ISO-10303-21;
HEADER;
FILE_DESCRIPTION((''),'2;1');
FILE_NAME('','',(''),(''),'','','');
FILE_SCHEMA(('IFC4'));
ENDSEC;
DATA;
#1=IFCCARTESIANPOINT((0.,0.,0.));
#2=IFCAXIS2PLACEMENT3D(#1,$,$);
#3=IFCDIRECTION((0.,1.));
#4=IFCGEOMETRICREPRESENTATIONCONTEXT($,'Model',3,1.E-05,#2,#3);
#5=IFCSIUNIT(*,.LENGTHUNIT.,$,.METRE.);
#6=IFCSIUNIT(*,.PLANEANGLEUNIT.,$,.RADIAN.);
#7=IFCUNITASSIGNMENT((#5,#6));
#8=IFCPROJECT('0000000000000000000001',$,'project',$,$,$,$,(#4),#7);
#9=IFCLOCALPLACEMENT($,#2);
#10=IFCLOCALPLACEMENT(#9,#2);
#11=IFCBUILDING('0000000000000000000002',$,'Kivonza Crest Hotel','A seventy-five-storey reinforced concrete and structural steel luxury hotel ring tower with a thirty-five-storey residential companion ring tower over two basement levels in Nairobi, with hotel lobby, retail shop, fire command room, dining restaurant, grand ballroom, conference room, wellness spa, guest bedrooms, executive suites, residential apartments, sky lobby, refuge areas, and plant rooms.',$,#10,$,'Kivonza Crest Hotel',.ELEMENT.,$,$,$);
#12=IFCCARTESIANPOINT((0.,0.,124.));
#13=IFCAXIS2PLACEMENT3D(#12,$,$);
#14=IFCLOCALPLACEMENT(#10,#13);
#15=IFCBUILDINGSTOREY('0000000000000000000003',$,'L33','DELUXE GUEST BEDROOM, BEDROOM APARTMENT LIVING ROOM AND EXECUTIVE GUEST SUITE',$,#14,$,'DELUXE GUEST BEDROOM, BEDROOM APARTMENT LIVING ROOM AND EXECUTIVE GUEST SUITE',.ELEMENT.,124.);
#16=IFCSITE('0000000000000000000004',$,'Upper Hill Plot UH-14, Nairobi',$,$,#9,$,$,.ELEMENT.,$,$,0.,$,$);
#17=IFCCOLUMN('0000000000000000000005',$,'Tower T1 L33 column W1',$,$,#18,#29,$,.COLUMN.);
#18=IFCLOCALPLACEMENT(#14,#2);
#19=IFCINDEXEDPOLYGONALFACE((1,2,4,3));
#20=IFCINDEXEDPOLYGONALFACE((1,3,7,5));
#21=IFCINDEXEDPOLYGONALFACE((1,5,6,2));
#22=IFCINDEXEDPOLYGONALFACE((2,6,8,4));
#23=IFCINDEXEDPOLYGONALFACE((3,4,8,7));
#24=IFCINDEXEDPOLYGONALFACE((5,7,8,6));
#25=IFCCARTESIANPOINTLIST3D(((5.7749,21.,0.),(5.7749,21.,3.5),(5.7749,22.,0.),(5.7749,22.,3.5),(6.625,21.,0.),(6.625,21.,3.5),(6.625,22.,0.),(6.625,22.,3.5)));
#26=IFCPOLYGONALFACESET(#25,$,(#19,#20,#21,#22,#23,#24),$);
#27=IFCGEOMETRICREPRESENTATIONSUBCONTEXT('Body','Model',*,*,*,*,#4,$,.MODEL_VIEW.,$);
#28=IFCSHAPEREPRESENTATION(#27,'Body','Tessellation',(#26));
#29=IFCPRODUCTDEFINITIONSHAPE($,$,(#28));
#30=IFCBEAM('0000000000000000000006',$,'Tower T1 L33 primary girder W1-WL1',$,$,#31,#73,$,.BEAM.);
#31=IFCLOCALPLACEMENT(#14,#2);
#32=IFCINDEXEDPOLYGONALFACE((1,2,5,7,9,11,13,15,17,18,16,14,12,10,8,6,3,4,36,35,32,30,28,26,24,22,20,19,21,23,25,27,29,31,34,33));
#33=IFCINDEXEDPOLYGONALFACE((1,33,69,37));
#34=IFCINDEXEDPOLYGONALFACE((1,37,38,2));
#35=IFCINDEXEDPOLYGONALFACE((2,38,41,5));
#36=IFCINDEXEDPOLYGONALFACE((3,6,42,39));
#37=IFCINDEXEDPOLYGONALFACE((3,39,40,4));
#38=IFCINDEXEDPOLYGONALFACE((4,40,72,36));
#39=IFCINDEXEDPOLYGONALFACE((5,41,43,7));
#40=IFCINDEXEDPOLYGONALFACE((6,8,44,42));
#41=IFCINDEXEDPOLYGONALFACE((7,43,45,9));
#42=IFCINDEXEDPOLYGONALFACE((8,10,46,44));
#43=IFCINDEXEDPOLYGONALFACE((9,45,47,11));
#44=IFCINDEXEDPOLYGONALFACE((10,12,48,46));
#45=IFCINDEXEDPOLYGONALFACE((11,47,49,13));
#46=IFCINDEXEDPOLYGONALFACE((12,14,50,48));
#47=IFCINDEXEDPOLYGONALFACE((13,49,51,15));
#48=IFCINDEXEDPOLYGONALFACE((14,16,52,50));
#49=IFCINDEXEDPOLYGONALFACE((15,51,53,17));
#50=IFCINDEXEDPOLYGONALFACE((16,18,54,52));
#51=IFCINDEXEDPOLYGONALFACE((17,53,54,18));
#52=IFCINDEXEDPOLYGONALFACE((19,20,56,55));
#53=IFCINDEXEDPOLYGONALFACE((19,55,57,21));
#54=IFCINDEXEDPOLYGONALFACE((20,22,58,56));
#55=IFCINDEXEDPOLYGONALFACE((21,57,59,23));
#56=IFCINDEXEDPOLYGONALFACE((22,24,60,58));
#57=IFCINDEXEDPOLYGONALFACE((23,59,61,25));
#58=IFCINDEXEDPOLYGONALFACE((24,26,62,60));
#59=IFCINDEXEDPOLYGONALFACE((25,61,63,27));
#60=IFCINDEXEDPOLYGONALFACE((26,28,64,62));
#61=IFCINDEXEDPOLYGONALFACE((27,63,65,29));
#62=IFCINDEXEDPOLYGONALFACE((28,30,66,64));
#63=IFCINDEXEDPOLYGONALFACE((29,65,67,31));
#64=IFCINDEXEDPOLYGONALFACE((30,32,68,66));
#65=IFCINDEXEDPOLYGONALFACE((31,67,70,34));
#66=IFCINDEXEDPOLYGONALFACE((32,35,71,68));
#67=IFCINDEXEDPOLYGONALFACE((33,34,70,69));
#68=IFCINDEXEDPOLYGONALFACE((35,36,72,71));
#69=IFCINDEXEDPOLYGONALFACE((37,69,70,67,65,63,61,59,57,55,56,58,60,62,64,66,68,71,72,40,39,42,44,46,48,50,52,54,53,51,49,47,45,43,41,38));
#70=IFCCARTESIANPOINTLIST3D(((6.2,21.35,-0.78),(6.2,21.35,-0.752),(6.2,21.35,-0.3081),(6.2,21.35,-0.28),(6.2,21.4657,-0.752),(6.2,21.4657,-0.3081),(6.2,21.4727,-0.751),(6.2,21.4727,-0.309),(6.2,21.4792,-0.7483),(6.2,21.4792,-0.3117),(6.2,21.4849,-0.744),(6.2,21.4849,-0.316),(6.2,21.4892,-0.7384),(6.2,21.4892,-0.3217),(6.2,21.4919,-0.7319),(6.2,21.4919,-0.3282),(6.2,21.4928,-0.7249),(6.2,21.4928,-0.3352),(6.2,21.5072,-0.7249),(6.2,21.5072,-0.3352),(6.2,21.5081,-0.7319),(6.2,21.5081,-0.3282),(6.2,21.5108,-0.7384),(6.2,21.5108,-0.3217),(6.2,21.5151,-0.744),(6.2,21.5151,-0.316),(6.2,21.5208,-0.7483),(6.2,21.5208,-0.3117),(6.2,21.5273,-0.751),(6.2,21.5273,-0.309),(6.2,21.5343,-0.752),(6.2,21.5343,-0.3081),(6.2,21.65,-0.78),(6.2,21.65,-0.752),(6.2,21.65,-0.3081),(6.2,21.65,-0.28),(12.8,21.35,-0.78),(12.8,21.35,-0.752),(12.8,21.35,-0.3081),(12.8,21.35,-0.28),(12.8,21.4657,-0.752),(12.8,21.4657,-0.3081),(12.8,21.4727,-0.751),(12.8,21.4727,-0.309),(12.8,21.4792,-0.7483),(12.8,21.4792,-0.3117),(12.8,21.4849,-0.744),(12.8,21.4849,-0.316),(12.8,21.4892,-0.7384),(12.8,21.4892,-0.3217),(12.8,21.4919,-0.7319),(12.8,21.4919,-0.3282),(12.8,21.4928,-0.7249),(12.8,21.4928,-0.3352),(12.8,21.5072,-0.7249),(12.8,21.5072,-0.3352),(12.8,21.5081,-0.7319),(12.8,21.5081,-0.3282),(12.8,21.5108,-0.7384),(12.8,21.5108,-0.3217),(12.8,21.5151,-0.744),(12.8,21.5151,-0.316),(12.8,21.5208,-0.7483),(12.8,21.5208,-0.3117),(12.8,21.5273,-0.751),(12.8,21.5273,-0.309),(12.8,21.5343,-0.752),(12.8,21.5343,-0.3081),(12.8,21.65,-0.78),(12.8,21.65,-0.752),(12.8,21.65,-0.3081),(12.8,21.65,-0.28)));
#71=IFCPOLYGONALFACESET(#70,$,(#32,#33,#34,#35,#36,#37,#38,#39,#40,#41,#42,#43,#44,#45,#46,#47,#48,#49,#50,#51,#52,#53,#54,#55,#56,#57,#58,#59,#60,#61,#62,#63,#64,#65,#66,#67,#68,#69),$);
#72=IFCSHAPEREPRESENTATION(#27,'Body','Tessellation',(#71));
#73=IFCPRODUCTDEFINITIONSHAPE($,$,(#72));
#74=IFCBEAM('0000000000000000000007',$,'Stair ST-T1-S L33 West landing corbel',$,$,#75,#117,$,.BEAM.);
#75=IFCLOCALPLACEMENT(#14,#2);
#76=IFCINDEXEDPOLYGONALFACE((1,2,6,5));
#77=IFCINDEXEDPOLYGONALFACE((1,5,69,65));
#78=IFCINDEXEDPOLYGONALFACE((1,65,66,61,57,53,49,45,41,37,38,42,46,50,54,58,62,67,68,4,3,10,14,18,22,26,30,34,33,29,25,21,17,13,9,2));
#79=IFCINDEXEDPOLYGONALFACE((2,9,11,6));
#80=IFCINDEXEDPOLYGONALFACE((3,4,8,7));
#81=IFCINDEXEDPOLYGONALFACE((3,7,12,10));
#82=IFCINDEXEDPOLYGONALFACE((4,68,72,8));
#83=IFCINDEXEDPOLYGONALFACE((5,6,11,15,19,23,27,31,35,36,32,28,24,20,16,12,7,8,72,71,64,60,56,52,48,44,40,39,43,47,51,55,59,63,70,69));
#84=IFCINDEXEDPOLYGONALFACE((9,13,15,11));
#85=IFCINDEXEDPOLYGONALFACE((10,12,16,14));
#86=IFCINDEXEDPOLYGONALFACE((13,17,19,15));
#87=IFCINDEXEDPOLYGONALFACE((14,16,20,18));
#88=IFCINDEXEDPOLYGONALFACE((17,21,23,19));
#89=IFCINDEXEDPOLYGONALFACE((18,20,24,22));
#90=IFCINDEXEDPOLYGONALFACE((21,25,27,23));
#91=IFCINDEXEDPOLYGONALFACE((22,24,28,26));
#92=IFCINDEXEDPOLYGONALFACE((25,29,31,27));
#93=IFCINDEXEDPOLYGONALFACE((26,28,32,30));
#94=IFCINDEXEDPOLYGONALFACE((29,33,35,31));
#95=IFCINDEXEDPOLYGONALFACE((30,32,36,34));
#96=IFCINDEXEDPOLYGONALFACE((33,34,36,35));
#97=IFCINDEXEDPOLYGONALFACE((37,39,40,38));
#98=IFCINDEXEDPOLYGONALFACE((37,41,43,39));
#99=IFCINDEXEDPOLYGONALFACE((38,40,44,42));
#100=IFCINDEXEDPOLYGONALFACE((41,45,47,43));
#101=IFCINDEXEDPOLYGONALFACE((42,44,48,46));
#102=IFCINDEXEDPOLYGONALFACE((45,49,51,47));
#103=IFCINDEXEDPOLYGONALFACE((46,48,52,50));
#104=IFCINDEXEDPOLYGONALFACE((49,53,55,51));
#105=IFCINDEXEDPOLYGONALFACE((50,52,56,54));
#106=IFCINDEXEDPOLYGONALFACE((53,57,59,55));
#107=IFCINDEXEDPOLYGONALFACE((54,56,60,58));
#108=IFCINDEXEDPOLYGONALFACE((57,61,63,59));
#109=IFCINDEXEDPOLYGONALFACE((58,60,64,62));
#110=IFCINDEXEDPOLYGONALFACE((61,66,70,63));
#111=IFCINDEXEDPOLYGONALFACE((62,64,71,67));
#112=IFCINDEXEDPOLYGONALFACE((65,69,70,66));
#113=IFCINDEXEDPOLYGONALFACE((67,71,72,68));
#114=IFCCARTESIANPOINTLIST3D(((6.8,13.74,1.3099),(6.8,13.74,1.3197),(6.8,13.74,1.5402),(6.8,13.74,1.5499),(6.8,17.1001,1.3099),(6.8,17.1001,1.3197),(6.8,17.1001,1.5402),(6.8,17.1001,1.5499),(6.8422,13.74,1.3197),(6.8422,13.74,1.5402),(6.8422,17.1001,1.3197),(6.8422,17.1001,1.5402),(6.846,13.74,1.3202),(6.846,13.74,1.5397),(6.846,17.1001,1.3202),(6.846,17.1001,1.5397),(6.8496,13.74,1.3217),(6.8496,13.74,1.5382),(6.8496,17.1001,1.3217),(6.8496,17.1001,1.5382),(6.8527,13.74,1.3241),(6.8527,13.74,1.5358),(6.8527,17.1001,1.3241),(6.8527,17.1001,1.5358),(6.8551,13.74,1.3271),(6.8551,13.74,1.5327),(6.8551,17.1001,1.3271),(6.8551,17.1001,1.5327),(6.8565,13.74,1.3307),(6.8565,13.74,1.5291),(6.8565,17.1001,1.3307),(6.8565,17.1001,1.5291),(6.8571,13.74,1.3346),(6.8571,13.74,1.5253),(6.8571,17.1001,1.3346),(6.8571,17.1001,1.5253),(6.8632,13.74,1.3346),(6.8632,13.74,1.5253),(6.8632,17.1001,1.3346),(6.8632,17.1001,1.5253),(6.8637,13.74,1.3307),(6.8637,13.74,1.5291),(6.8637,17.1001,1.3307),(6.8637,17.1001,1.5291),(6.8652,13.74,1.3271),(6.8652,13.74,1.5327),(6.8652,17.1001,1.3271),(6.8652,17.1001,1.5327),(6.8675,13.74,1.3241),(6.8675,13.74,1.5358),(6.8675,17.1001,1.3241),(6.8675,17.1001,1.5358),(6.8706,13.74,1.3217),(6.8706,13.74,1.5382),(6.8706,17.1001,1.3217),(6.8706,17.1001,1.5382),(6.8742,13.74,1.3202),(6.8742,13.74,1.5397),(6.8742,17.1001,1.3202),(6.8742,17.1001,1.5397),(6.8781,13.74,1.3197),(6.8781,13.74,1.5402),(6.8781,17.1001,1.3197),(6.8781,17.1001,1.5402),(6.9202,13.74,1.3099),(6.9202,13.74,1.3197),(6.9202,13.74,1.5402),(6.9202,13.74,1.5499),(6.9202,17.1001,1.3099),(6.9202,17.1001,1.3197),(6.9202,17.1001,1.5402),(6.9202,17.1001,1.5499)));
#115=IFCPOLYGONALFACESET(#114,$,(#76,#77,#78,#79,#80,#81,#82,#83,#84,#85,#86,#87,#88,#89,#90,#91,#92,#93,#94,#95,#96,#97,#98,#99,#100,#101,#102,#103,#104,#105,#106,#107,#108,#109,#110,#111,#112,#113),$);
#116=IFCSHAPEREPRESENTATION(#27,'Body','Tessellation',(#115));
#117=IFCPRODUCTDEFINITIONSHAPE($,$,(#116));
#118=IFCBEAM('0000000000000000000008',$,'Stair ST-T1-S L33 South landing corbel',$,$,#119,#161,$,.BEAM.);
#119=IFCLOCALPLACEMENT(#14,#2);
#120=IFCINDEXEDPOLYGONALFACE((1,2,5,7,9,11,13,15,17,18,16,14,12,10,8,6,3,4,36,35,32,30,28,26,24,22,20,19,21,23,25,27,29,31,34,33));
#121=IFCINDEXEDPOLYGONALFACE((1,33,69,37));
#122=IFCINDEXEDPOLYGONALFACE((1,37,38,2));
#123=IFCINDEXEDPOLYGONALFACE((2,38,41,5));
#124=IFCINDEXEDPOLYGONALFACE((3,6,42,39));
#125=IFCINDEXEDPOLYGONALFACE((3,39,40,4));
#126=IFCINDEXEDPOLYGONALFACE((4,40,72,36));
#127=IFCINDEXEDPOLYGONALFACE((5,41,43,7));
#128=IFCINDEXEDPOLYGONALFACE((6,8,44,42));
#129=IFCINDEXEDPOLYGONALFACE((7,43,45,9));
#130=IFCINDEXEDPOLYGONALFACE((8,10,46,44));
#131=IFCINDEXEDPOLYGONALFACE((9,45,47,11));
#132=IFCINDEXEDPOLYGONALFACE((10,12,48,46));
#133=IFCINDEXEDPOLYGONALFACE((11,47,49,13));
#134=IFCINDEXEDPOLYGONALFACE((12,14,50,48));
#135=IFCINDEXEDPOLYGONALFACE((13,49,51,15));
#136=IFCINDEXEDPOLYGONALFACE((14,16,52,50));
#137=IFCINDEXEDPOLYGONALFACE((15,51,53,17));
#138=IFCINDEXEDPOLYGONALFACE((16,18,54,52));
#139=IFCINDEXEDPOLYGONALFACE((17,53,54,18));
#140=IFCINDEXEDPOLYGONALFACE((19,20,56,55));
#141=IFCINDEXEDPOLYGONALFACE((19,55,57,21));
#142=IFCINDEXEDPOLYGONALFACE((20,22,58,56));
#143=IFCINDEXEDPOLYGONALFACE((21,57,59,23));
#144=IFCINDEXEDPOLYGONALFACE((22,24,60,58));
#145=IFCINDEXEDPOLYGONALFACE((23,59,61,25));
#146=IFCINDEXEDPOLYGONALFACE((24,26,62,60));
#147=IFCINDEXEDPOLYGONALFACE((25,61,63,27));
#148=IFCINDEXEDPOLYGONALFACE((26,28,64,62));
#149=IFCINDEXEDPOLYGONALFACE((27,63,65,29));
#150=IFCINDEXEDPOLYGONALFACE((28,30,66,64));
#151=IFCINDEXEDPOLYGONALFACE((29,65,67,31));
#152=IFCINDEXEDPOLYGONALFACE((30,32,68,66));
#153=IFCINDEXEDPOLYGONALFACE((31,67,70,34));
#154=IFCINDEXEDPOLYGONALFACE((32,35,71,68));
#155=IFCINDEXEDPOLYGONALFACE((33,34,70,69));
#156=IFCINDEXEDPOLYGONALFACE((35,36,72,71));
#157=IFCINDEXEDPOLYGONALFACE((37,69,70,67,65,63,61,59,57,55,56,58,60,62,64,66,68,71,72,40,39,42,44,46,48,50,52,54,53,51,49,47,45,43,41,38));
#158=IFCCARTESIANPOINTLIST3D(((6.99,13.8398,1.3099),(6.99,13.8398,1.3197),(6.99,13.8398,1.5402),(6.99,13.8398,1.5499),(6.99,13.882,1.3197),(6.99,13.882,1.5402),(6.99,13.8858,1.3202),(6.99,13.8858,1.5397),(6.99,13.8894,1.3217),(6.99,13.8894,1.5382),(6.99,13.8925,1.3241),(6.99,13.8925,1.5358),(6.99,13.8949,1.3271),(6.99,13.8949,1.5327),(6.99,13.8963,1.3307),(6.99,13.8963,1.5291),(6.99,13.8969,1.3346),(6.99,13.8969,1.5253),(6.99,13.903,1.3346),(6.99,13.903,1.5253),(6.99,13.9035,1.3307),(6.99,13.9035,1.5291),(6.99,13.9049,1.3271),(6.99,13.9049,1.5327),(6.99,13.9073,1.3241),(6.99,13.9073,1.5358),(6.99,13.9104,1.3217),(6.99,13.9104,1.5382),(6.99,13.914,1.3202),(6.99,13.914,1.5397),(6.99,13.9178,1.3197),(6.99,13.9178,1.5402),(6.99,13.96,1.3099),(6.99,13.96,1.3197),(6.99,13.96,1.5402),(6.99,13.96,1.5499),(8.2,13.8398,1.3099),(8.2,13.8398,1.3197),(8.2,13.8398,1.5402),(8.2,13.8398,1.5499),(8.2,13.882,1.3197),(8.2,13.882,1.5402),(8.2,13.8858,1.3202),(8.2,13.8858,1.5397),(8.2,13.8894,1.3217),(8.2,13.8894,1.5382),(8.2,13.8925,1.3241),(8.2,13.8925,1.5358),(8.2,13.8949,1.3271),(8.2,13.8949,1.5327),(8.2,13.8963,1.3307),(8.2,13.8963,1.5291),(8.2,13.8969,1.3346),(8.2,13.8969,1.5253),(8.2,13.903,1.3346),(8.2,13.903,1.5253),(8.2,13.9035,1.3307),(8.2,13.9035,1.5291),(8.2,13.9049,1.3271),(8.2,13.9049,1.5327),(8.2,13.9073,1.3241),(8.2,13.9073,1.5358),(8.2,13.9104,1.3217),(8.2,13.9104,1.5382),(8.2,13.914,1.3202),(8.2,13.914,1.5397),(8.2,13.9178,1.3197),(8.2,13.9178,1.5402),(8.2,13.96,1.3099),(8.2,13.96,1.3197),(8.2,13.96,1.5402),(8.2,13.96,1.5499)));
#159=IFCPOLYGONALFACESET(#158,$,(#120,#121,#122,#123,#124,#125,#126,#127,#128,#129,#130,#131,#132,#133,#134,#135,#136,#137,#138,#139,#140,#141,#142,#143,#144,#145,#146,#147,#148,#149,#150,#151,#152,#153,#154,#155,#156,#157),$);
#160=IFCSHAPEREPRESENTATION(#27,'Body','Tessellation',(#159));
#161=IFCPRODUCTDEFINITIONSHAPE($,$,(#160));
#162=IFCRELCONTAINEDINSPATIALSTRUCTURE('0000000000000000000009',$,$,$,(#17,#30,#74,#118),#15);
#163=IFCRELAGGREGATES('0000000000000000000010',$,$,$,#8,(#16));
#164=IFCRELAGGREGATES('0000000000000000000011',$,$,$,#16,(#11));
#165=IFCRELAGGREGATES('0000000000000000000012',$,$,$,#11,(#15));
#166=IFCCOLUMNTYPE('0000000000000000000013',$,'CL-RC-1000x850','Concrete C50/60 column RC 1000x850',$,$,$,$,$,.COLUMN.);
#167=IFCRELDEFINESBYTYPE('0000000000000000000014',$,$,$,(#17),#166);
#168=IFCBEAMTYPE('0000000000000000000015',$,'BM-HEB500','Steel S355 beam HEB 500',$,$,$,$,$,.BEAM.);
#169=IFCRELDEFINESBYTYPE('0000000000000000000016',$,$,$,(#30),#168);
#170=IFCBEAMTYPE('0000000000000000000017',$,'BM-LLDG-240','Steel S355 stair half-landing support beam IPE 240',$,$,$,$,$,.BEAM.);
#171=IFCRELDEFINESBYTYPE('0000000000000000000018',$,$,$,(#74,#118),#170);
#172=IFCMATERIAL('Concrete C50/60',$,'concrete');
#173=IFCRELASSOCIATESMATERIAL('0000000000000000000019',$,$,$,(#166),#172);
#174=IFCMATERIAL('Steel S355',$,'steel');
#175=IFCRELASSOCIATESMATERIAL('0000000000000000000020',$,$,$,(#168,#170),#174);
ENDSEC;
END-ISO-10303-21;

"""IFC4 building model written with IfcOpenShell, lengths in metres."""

from ifc_helpers import new_model, si_unit, direction, frame, origin, origin_2d, place, context, subcontext, project, spatial, rectangle, i_section, extrude, material, material_profile, profile_set, type_object, element, save


model = new_model("IFC4")

# Units and contexts
model_context = context("Model", 3, precision=1e-05, world=origin(), true_north=direction((0.0, 1.0)))
body_context = subcontext(model_context, "Body", "Model", "MODEL_VIEW")
ifc_project = project(units=[si_unit("LENGTHUNIT", "METRE"), si_unit("PLANEANGLEUNIT", "RADIAN")], contexts=[model_context])

# Site, building, storey
site_placement = place(None, origin())
site = spatial("IfcSite", under=ifc_project, at=site_placement, Name="Upper Hill Plot UH-14, Nairobi", CompositionType="ELEMENT", RefElevation=0.0)
building_placement = place(site_placement, origin())
building = spatial("IfcBuilding", under=site, at=building_placement, Name="Kivonza Crest Hotel", Description="A seventy-five-storey reinforced concrete and structural steel luxury hotel ring tower with a thirty-five-storey residential companion ring tower over two basement levels in Nairobi, with hotel lobby, retail shop, fire command room, dining restaurant, grand ballroom, conference room, wellness spa, guest bedrooms, executive suites, residential apartments, sky lobby, refuge areas, and plant rooms.", LongName="Kivonza Crest Hotel", CompositionType="ELEMENT")
storey_placement = place(building_placement, frame((0.0, 0.0, 124.0)))
storey = spatial("IfcBuildingStorey", under=building, at=storey_placement, Name="L33", Description="DELUXE GUEST BEDROOM, BEDROOM APARTMENT LIVING ROOM AND EXECUTIVE GUEST SUITE", LongName="DELUXE GUEST BEDROOM, BEDROOM APARTMENT LIVING ROOM AND EXECUTIVE GUEST SUITE", CompositionType="ELEMENT", Elevation=124.0)

# Column
ifc_material_1 = material(Name="Concrete C50/60", Category="concrete")
ifc_material_profile_1 = material_profile(ifc_material_1, rectangle(XDim=0.8501, YDim=1.0, at=origin_2d()), Name="RC 1000x850")
ifc_profile_set_1 = profile_set([ifc_material_profile_1], Name="Concrete C50/60")
column_type = type_object("IfcColumnType", Name="CL-RC-1000x850", Description="Concrete C50/60 column RC 1000x850", PredefinedType="COLUMN", material=ifc_profile_set_1)
column_placement = place(storey_placement, frame((6.2, 21.5, 0.0), z_axis=(0.0, 0.0, 1.0), x_axis=(1.0, 0.0, 0.0)))
element("IfcColumn", 1, at=column_placement, inside=storey, type_object=column_type, Name="Tower T1 L33 column W1", PredefinedType="COLUMN", context=body_context, shape_type="SweptSolid", body=[
    extrude(rectangle(XDim=0.8501, YDim=1.0, at=origin_2d()), origin(), (0.0, 0.0, 1.0), 3.5),
])

# Beams
ifc_material_2 = material(Name="Steel S355", Category="steel")
ifc_material_profile_2 = material_profile(ifc_material_2, i_section(OverallWidth=0.3, OverallDepth=0.5, WebThickness=0.0144, FlangeThickness=0.0281, FilletRadius=0.0271, at=origin_2d()), Name="HEB 500")
ifc_profile_set_2 = profile_set([ifc_material_profile_2], Name="Steel S355")
beam_type_1 = type_object("IfcBeamType", Name="BM-HEB500", Description="Steel S355 beam HEB 500", PredefinedType="BEAM", material=ifc_profile_set_2)
beam_1_placement = place(storey_placement, frame((6.2, 21.5, -0.53), z_axis=(1.0, 0.0, 0.0), x_axis=(0.0, 1.0, 0.0)))
element("IfcBeam", 2, at=beam_1_placement, inside=storey, type_object=beam_type_1, Name="Tower T1 L33 primary girder W1-WL1", PredefinedType="BEAM", context=body_context, shape_type="SweptSolid", body=[
    extrude(i_section(OverallWidth=0.3, OverallDepth=0.5, WebThickness=0.0144, FlangeThickness=0.0281, FilletRadius=0.0271, at=origin_2d()), origin(), (0.0, 0.0, 1.0), 6.6001),
])
ifc_material_profile_3 = material_profile(ifc_material_2, i_section(OverallWidth=0.1201, OverallDepth=0.24, WebThickness=0.0061, FlangeThickness=0.0098, FilletRadius=0.0149, at=origin_2d()), Name="IPE 240")
ifc_profile_set_3 = profile_set([ifc_material_profile_3], Name="Steel S355")
beam_type_2 = type_object("IfcBeamType", Name="BM-LLDG-240", Description="Steel S355 stair half-landing support beam IPE 240", PredefinedType="BEAM", material=ifc_profile_set_3)
beam_2_placement = place(storey_placement, frame((6.8601, 13.74, 1.4299), z_axis=(0.0, 1.0, 0.0), x_axis=(-1.0, 0.0, 0.0)))
element("IfcBeam", 3, at=beam_2_placement, inside=storey, type_object=beam_type_2, Name="Stair ST-T1-S L33 West landing corbel", PredefinedType="BEAM", context=body_context, shape_type="SweptSolid", body=[
    extrude(i_section(OverallWidth=0.1201, OverallDepth=0.24, WebThickness=0.0061, FlangeThickness=0.0098, FilletRadius=0.0149, at=origin_2d()), origin(), (0.0, 0.0, 1.0), 3.3601),
])
for number, where, z_axis, x_axis, name in (
    (4, (6.99, 13.8999, 1.4299), (1.0, 0.0, 0.0), (0.0, 1.0, 0.0), "Stair ST-T1-S L33 South landing corbel"),
):
    element("IfcBeam", number, at=place(storey_placement, frame(where, z_axis=z_axis, x_axis=x_axis)), inside=storey, type_object=beam_type_2, Name=name, PredefinedType="BEAM", context=body_context, shape_type="SweptSolid", body=[
        extrude(i_section(OverallWidth=0.1201, OverallDepth=0.24, WebThickness=0.0061, FlangeThickness=0.0098, FilletRadius=0.0149, at=origin_2d()), origin(), (0.0, 0.0, 1.0), 1.21),
    ])

save(model, "model.ifc")
